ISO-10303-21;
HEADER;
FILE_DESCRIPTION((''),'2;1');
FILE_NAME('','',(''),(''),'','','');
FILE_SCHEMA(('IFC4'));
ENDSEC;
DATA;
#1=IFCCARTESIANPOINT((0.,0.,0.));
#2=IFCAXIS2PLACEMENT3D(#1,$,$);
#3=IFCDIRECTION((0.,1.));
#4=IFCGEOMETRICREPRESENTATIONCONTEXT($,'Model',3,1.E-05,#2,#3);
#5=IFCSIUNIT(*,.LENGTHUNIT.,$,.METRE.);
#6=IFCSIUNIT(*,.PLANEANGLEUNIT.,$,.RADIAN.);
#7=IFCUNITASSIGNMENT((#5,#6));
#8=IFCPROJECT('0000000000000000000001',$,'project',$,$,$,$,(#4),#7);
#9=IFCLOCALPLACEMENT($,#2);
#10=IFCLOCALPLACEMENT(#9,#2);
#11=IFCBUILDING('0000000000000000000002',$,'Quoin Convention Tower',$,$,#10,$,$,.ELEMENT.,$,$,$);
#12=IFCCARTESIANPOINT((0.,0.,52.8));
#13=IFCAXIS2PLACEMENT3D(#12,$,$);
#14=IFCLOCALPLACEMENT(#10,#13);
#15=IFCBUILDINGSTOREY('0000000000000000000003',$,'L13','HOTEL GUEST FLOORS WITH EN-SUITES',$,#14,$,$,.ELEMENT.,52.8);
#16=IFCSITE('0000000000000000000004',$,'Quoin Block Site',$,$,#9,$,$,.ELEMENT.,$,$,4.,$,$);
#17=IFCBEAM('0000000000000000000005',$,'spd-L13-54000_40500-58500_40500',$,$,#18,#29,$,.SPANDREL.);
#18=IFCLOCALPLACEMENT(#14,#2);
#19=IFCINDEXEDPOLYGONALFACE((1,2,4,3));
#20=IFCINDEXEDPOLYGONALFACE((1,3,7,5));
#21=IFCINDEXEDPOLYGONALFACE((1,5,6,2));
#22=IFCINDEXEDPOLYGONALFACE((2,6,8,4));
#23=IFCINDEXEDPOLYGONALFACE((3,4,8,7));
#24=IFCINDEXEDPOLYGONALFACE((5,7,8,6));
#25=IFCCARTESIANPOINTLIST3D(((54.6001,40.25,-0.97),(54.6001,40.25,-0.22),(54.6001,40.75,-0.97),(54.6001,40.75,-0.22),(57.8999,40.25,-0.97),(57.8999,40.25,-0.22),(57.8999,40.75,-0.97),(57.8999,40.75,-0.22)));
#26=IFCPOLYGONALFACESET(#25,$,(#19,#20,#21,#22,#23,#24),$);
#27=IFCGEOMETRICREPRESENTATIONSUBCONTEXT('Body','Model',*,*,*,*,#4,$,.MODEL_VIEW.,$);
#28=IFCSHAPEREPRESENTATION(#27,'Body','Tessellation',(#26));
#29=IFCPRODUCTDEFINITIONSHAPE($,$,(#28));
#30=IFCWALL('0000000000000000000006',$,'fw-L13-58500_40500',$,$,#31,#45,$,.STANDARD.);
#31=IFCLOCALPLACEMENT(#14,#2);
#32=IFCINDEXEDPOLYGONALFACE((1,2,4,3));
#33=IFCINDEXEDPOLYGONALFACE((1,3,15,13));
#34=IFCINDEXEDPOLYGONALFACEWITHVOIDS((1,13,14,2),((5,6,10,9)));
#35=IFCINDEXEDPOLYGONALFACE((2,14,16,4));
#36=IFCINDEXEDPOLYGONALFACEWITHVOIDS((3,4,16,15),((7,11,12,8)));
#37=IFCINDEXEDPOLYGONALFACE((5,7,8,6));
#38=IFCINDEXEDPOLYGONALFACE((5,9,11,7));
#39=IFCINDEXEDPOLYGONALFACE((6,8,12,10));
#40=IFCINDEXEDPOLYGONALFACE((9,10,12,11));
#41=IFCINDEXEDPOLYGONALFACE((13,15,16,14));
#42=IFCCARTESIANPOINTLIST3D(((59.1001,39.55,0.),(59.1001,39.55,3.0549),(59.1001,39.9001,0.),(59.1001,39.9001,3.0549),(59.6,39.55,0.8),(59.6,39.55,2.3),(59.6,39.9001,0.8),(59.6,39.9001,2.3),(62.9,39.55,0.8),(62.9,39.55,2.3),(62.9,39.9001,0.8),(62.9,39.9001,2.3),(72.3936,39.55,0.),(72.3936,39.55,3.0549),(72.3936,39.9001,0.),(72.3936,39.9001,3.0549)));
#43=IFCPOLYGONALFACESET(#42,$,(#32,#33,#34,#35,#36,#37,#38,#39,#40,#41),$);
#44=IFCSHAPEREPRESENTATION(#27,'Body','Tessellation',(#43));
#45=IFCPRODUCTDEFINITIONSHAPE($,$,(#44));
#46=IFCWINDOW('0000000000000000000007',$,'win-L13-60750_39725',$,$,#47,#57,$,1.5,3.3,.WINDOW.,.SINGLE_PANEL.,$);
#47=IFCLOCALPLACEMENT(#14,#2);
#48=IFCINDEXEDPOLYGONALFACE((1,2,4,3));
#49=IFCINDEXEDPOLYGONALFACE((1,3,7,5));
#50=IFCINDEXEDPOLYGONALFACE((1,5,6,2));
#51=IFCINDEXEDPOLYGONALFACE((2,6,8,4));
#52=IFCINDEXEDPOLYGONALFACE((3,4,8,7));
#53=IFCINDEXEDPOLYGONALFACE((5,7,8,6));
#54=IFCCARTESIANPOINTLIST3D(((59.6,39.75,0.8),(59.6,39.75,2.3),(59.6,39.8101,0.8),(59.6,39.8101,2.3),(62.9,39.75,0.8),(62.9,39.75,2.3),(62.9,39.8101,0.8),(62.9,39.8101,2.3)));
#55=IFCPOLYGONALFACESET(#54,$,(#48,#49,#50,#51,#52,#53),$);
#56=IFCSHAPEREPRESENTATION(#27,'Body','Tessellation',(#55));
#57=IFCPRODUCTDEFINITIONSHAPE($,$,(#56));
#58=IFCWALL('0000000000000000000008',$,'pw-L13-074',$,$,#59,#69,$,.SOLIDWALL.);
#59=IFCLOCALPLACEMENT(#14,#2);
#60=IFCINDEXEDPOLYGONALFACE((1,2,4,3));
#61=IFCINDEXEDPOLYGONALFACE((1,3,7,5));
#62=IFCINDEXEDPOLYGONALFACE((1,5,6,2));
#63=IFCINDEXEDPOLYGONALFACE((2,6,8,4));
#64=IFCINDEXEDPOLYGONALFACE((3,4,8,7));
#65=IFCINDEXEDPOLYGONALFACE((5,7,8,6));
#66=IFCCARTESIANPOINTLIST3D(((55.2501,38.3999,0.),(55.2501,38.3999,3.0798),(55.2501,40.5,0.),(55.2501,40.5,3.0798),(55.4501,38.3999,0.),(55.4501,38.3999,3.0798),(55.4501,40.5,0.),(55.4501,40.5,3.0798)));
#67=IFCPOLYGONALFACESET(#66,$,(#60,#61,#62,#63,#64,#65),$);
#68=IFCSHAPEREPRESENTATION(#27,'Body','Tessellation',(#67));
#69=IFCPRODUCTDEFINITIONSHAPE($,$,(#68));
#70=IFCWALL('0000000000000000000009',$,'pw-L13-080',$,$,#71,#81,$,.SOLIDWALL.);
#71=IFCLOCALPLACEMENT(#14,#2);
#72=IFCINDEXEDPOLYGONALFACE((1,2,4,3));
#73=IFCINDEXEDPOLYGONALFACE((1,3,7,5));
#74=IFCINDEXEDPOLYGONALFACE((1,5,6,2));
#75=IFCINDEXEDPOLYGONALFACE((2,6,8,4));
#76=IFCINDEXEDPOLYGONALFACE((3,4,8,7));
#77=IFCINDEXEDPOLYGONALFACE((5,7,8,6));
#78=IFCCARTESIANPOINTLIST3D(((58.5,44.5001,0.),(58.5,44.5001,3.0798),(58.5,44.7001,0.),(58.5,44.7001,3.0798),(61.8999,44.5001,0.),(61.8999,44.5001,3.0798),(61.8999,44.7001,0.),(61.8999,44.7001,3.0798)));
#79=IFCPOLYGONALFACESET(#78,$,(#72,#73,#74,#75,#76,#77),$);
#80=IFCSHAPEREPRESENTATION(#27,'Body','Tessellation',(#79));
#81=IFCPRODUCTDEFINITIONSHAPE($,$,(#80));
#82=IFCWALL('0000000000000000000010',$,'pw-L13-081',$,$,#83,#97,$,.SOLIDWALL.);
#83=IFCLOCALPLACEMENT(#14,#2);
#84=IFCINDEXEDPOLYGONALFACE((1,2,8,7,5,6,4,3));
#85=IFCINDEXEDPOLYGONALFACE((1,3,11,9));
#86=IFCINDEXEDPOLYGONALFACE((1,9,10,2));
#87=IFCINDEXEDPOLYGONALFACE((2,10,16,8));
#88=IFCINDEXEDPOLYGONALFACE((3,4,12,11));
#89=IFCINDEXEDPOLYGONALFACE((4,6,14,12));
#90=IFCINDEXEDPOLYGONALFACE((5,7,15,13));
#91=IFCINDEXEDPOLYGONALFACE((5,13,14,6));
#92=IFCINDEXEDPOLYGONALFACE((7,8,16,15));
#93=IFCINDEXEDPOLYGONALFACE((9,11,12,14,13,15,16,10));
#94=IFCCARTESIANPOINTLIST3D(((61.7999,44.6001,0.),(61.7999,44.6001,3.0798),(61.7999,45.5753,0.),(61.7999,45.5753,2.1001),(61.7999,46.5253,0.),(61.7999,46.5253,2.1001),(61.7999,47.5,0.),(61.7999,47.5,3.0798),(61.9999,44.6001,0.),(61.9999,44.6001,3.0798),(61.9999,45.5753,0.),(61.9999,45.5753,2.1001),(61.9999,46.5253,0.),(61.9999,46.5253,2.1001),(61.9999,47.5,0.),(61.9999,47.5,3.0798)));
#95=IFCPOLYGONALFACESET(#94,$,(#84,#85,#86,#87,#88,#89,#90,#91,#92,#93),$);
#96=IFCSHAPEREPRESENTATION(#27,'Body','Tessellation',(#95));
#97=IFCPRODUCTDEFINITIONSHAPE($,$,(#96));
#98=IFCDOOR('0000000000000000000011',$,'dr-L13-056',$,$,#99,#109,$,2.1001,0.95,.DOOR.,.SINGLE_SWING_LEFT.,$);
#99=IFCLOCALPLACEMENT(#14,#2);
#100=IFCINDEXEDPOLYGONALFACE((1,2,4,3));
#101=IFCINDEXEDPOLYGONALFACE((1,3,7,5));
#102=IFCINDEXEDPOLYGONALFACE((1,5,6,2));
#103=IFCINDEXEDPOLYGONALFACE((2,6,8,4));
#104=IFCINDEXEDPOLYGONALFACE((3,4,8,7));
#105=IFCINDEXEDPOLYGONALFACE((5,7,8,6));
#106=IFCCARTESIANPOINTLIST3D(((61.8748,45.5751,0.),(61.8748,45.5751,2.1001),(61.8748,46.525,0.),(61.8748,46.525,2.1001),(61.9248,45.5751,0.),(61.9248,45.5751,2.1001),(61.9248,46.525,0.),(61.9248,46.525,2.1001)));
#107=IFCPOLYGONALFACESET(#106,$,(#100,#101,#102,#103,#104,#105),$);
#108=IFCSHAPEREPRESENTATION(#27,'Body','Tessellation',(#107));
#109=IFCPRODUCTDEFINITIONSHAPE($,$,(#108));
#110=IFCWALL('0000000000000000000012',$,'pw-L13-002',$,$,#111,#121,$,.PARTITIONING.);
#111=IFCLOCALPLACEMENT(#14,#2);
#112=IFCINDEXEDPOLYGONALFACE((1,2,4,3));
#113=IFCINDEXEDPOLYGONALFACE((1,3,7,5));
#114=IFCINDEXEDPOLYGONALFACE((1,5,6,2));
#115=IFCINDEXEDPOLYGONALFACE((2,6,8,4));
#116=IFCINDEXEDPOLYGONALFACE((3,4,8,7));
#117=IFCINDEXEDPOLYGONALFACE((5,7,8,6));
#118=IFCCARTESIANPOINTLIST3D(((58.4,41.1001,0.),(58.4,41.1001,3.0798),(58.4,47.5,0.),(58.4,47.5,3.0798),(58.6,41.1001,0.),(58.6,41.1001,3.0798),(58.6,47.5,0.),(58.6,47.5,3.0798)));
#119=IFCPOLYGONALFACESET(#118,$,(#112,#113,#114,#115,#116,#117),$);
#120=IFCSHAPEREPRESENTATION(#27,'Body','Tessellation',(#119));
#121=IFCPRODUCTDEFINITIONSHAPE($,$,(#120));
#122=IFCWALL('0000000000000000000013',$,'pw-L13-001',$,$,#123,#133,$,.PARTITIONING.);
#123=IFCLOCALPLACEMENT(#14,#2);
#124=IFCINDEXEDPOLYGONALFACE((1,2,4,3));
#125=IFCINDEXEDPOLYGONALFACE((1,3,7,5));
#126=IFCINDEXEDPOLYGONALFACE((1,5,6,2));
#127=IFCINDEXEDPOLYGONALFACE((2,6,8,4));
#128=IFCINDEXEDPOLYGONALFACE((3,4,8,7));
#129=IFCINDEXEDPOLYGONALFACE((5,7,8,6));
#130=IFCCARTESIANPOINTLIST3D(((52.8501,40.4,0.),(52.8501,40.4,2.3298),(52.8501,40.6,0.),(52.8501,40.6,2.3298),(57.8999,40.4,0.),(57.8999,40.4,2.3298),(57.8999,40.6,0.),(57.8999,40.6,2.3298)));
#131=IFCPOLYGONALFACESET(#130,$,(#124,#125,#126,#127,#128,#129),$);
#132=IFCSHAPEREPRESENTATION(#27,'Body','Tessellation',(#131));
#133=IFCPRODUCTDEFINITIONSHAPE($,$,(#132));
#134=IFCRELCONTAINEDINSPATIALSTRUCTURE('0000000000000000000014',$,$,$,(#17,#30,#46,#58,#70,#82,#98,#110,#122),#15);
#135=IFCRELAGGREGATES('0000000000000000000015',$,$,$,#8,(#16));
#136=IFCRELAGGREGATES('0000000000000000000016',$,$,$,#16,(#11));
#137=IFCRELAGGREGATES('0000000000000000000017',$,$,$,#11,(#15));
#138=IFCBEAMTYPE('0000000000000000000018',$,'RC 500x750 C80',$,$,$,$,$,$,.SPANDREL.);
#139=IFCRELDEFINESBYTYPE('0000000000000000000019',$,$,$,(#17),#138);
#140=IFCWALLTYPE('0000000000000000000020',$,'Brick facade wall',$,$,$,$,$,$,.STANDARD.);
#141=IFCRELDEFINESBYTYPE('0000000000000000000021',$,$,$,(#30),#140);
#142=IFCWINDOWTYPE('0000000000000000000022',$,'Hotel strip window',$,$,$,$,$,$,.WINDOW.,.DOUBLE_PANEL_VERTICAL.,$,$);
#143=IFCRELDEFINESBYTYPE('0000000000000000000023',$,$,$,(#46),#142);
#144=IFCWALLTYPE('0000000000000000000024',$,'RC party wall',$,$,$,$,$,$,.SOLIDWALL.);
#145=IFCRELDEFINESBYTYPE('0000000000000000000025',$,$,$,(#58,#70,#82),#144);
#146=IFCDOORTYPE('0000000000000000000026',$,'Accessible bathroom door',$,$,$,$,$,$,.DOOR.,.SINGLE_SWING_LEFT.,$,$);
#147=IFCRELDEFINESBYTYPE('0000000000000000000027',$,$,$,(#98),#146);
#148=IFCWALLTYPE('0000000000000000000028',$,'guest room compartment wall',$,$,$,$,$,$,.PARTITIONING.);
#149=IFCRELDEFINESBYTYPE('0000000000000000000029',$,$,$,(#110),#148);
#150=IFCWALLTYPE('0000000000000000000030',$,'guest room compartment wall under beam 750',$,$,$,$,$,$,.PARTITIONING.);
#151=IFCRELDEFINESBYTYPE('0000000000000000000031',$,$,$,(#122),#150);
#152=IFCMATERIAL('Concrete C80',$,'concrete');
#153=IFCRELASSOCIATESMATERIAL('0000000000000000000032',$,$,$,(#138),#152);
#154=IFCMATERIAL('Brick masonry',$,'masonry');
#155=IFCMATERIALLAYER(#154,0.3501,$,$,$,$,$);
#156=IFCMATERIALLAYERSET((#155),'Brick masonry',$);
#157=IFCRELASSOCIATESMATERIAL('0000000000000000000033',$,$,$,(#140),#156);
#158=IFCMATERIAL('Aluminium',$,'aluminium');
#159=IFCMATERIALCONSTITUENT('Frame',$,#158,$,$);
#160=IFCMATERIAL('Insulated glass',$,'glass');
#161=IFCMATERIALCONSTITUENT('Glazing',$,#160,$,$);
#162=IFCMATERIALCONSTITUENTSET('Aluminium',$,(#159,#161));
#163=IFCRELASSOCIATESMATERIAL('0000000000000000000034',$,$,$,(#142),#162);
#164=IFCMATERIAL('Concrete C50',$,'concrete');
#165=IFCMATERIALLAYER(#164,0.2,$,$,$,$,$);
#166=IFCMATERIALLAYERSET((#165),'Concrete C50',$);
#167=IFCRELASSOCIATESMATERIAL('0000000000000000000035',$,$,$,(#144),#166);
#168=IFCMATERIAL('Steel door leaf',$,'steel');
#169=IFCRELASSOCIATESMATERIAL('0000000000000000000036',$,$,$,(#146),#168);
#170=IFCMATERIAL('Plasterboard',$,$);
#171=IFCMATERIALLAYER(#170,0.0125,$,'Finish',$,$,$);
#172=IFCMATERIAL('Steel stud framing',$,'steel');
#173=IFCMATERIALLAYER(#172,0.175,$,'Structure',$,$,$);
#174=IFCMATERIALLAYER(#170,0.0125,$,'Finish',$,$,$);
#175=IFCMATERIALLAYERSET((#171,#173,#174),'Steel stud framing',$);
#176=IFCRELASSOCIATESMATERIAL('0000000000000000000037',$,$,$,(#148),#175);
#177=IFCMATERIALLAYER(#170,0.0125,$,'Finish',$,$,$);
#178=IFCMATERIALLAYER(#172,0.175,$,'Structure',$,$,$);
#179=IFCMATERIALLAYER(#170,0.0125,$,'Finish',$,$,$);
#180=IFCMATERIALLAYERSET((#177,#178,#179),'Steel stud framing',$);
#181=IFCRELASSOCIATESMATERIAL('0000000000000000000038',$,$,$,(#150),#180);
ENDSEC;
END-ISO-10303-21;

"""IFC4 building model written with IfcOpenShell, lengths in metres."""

from ifc_helpers import new_model, si_unit, direction, frame, frame_2d, origin, origin_2d, place, context, subcontext, project, spatial, rectangle, extrude, material, layer, layer_set, constituent, constituent_set, material_profile, profile_set, type_object, element, fill, save


model = new_model("IFC4")

# Units and contexts
model_context = context("Model", 3, precision=1e-05, world=origin(), true_north=direction((0.0, 1.0)))
body_context = subcontext(model_context, "Body", "Model", "MODEL_VIEW")
ifc_project = project(units=[si_unit("LENGTHUNIT", "METRE"), si_unit("PLANEANGLEUNIT", "RADIAN")], contexts=[model_context])

# Site, building, storey
site_placement = place(None, origin())
site = spatial("IfcSite", under=ifc_project, at=site_placement, Name="Quoin Block Site", CompositionType="ELEMENT", RefElevation=4.0)
building_placement = place(site_placement, origin())
building = spatial("IfcBuilding", under=site, at=building_placement, Name="Quoin Convention Tower", CompositionType="ELEMENT")
storey_placement = place(building_placement, frame((0.0, 0.0, 52.8)))
storey = spatial("IfcBuildingStorey", under=building, at=storey_placement, Name="L13", Description="HOTEL GUEST FLOORS WITH EN-SUITES", CompositionType="ELEMENT", Elevation=52.8)

# Shared definitions
ifc_material_1 = material(Name="Concrete C80", Category="concrete")

# Beam
ifc_material_profile_1 = material_profile(ifc_material_1, rectangle(XDim=0.5, YDim=0.75, at=origin_2d()), Name="RC 500x750")
ifc_profile_set_1 = profile_set([ifc_material_profile_1], Name="Concrete C80")
beam_type = type_object("IfcBeamType", Name="RC 500x750 C80", PredefinedType="SPANDREL", material=ifc_profile_set_1)
for number, where, z_axis, x_axis, name in (
    (1, (54.6001, 40.5, -0.595), (1.0, 0.0, 0.0), (0.0, 1.0, 0.0), "spd-L13-54000_40500-58500_40500"),
):
    element("IfcBeam", number, at=place(storey_placement, frame(where, z_axis=z_axis, x_axis=x_axis)), inside=storey, type_object=beam_type, Name=name, PredefinedType="SPANDREL", context=body_context, shape_type="SweptSolid", body=[
        extrude(rectangle(XDim=0.5, YDim=0.75, at=origin_2d()), origin(), (0.0, 0.0, 1.0), 3.2998),
    ])

# Wall, opening, window
ifc_material_2 = material(Name="Brick masonry", Category="masonry")
ifc_layer_1 = layer(ifc_material_2, 0.3501)
ifc_layer_set_1 = layer_set([ifc_layer_1], Name="Brick masonry")
wall_type_1 = type_object("IfcWallType", Name="Brick facade wall", PredefinedType="STANDARD", material=ifc_layer_set_1)
wall_1_placement = place(storey_placement, frame((59.1001, 39.7251, 0.0), z_axis=(0.0, 0.0, 1.0), x_axis=(1.0, 0.0, 0.0)))
wall_1 = element("IfcWall", 2, at=wall_1_placement, inside=storey, type_object=wall_type_1, Name="fw-L13-58500_40500", PredefinedType="STANDARD", context=body_context, shape_type="SweptSolid", body=[
    extrude(rectangle(XDim=13.2935, YDim=0.3501, at=frame_2d((6.6467, 0.0))), origin(), (0.0, 0.0, 1.0), 3.0549),
])
opening_1_placement = place(wall_1_placement, frame((0.5, 0.0, 0.8)))
opening_1 = element("IfcOpeningElement", 3, at=opening_1_placement, cuts=wall_1, PredefinedType="OPENING", context=body_context, shape_type="SweptSolid", body=[
    extrude(rectangle(XDim=3.3, YDim=1.5, at=frame_2d((1.6499, 0.75))), frame((0.0, 0.1851, 0.0), z_axis=(0.0, -1.0, 0.0), x_axis=(1.0, 0.0, 0.0)), (0.0, 0.0, 1.0), 0.3701),
])
ifc_material_3 = material(Name="Aluminium", Category="aluminium")
ifc_constituent_1 = constituent(ifc_material_3, Name="Frame")
ifc_material_4 = material(Name="Insulated glass", Category="glass")
ifc_constituent_2 = constituent(ifc_material_4, Name="Glazing")
ifc_constituent_set = constituent_set(constituents=[ifc_constituent_1, ifc_constituent_2], Name="Aluminium")
window_type = type_object("IfcWindowType", Name="Hotel strip window", PartitioningType="DOUBLE_PANEL_VERTICAL", PredefinedType="WINDOW", material=ifc_constituent_set)
window_placement = place(opening_1_placement, origin())
window = element("IfcWindow", 4, at=window_placement, inside=storey, type_object=window_type, Name="win-L13-60750_39725", OverallHeight=1.5, OverallWidth=3.3, PartitioningType="SINGLE_PANEL", PredefinedType="WINDOW", context=body_context, shape_type="SweptSolid", body=[
    extrude(rectangle(XDim=3.3, YDim=1.5, at=frame_2d((1.6499, 0.75))), frame((0.0, 0.085, 0.0), z_axis=(0.0, -1.0, 0.0), x_axis=(1.0, 0.0, 0.0)), (0.0, 0.0, 1.0), 0.0601),
])
fill(opening_1, window)

# Walls
ifc_material_5 = material(Name="Concrete C50", Category="concrete")
ifc_layer_2 = layer(ifc_material_5, 0.2)
ifc_layer_set_2 = layer_set([ifc_layer_2], Name="Concrete C50")
wall_type_2 = type_object("IfcWallType", Name="RC party wall", PredefinedType="SOLIDWALL", material=ifc_layer_set_2)
wall_2_placement = place(storey_placement, frame((55.3501, 38.3999, 0.0), z_axis=(0.0, 0.0, 1.0), x_axis=(0.0, 1.0, 0.0)))
element("IfcWall", 5, at=wall_2_placement, inside=storey, type_object=wall_type_2, Name="pw-L13-074", PredefinedType="SOLIDWALL", context=body_context, shape_type="SweptSolid", body=[
    extrude(rectangle(XDim=2.1001, YDim=0.2, at=frame_2d((1.05, 0.0))), origin(), (0.0, 0.0, 1.0), 3.0798),
])
wall_3_placement = place(storey_placement, frame((58.5, 44.6001, 0.0), z_axis=(0.0, 0.0, 1.0), x_axis=(1.0, 0.0, 0.0)))
element("IfcWall", 6, at=wall_3_placement, inside=storey, type_object=wall_type_2, Name="pw-L13-080", PredefinedType="SOLIDWALL", context=body_context, shape_type="SweptSolid", body=[
    extrude(rectangle(XDim=3.3999, YDim=0.2, at=frame_2d((1.7, 0.0))), origin(), (0.0, 0.0, 1.0), 3.0798),
])

# Wall, opening, door
wall_4_placement = place(storey_placement, frame((61.8999, 44.6001, 0.0), z_axis=(0.0, 0.0, 1.0), x_axis=(0.0, 1.0, 0.0)))
wall_4 = element("IfcWall", 7, at=wall_4_placement, inside=storey, type_object=wall_type_2, Name="pw-L13-081", PredefinedType="SOLIDWALL", context=body_context, shape_type="SweptSolid", body=[
    extrude(rectangle(XDim=2.8999, YDim=0.2, at=frame_2d((1.45, 0.0))), origin(), (0.0, 0.0, 1.0), 3.0798),
])
opening_2_placement = place(wall_4_placement, frame((0.9751, 0.0, 0.0)))
opening_2 = element("IfcOpeningElement", 8, at=opening_2_placement, cuts=wall_4, PredefinedType="OPENING", context=body_context, shape_type="SweptSolid", body=[
    extrude(rectangle(XDim=0.95, YDim=2.1001, at=frame_2d((0.4751, 1.05))), frame((0.0, 0.1099, 0.0), z_axis=(0.0, -1.0, 0.0), x_axis=(1.0, 0.0, 0.0)), (0.0, 0.0, 1.0), 0.22),
])
ifc_material_6 = material(Name="Steel door leaf", Category="steel")
door_type = type_object("IfcDoorType", Name="Accessible bathroom door", OperationType="SINGLE_SWING_LEFT", PredefinedType="DOOR", material=ifc_material_6)
door_placement = place(opening_2_placement, frame((0.95, 0.0, 0.0), z_axis=(0.0, 0.0, 1.0), x_axis=(-1.0, 0.0, 0.0)))
door = element("IfcDoor", 9, at=door_placement, inside=storey, type_object=door_type, Name="dr-L13-056", OperationType="SINGLE_SWING_LEFT", OverallHeight=2.1001, OverallWidth=0.95, PredefinedType="DOOR", context=body_context, shape_type="SweptSolid", body=[
    extrude(rectangle(XDim=0.95, YDim=2.1001, at=frame_2d((0.4751, 1.05))), frame((0.0, 0.0249, 0.0), z_axis=(0.0, -1.0, 0.0), x_axis=(1.0, 0.0, 0.0)), (0.0, 0.0, 1.0), 0.05),
])
fill(opening_2, door)

# Walls
ifc_material_7 = material(Name="Plasterboard")
ifc_layer_3 = layer(ifc_material_7, 0.0125, Name="Finish")
ifc_material_8 = material(Name="Steel stud framing", Category="steel")
ifc_layer_4 = layer(ifc_material_8, 0.175, Name="Structure")
ifc_layer_5 = layer(ifc_material_7, 0.0125, Name="Finish")
ifc_layer_set_3 = layer_set([ifc_layer_3, ifc_layer_4, ifc_layer_5], Name="Steel stud framing")
wall_type_3 = type_object("IfcWallType", Name="guest room compartment wall", PredefinedType="PARTITIONING", material=ifc_layer_set_3)
wall_5_placement = place(storey_placement, frame((58.5, 41.1001, 0.0), z_axis=(0.0, 0.0, 1.0), x_axis=(0.0, 1.0, 0.0)))
element("IfcWall", 10, at=wall_5_placement, inside=storey, type_object=wall_type_3, Name="pw-L13-002", PredefinedType="PARTITIONING", context=body_context, shape_type="SweptSolid", body=[
    extrude(rectangle(XDim=6.3999, YDim=0.2, at=frame_2d((3.2, 0.0))), origin(), (0.0, 0.0, 1.0), 3.0798),
])
ifc_layer_6 = layer(ifc_material_7, 0.0125, Name="Finish")
ifc_layer_7 = layer(ifc_material_8, 0.175, Name="Structure")
ifc_layer_8 = layer(ifc_material_7, 0.0125, Name="Finish")
ifc_layer_set_4 = layer_set([ifc_layer_6, ifc_layer_7, ifc_layer_8], Name="Steel stud framing")
wall_type_4 = type_object("IfcWallType", Name="guest room compartment wall under beam 750", PredefinedType="PARTITIONING", material=ifc_layer_set_4)
wall_6_placement = place(storey_placement, frame((52.8501, 40.5, 0.0), z_axis=(0.0, 0.0, 1.0), x_axis=(1.0, 0.0, 0.0)))
element("IfcWall", 11, at=wall_6_placement, inside=storey, type_object=wall_type_4, Name="pw-L13-001", PredefinedType="PARTITIONING", context=body_context, shape_type="SweptSolid", body=[
    extrude(rectangle(XDim=5.0498, YDim=0.2, at=frame_2d((2.5249, 0.0))), origin(), (0.0, 0.0, 1.0), 2.3298),
])

save(model, "model.ifc")
